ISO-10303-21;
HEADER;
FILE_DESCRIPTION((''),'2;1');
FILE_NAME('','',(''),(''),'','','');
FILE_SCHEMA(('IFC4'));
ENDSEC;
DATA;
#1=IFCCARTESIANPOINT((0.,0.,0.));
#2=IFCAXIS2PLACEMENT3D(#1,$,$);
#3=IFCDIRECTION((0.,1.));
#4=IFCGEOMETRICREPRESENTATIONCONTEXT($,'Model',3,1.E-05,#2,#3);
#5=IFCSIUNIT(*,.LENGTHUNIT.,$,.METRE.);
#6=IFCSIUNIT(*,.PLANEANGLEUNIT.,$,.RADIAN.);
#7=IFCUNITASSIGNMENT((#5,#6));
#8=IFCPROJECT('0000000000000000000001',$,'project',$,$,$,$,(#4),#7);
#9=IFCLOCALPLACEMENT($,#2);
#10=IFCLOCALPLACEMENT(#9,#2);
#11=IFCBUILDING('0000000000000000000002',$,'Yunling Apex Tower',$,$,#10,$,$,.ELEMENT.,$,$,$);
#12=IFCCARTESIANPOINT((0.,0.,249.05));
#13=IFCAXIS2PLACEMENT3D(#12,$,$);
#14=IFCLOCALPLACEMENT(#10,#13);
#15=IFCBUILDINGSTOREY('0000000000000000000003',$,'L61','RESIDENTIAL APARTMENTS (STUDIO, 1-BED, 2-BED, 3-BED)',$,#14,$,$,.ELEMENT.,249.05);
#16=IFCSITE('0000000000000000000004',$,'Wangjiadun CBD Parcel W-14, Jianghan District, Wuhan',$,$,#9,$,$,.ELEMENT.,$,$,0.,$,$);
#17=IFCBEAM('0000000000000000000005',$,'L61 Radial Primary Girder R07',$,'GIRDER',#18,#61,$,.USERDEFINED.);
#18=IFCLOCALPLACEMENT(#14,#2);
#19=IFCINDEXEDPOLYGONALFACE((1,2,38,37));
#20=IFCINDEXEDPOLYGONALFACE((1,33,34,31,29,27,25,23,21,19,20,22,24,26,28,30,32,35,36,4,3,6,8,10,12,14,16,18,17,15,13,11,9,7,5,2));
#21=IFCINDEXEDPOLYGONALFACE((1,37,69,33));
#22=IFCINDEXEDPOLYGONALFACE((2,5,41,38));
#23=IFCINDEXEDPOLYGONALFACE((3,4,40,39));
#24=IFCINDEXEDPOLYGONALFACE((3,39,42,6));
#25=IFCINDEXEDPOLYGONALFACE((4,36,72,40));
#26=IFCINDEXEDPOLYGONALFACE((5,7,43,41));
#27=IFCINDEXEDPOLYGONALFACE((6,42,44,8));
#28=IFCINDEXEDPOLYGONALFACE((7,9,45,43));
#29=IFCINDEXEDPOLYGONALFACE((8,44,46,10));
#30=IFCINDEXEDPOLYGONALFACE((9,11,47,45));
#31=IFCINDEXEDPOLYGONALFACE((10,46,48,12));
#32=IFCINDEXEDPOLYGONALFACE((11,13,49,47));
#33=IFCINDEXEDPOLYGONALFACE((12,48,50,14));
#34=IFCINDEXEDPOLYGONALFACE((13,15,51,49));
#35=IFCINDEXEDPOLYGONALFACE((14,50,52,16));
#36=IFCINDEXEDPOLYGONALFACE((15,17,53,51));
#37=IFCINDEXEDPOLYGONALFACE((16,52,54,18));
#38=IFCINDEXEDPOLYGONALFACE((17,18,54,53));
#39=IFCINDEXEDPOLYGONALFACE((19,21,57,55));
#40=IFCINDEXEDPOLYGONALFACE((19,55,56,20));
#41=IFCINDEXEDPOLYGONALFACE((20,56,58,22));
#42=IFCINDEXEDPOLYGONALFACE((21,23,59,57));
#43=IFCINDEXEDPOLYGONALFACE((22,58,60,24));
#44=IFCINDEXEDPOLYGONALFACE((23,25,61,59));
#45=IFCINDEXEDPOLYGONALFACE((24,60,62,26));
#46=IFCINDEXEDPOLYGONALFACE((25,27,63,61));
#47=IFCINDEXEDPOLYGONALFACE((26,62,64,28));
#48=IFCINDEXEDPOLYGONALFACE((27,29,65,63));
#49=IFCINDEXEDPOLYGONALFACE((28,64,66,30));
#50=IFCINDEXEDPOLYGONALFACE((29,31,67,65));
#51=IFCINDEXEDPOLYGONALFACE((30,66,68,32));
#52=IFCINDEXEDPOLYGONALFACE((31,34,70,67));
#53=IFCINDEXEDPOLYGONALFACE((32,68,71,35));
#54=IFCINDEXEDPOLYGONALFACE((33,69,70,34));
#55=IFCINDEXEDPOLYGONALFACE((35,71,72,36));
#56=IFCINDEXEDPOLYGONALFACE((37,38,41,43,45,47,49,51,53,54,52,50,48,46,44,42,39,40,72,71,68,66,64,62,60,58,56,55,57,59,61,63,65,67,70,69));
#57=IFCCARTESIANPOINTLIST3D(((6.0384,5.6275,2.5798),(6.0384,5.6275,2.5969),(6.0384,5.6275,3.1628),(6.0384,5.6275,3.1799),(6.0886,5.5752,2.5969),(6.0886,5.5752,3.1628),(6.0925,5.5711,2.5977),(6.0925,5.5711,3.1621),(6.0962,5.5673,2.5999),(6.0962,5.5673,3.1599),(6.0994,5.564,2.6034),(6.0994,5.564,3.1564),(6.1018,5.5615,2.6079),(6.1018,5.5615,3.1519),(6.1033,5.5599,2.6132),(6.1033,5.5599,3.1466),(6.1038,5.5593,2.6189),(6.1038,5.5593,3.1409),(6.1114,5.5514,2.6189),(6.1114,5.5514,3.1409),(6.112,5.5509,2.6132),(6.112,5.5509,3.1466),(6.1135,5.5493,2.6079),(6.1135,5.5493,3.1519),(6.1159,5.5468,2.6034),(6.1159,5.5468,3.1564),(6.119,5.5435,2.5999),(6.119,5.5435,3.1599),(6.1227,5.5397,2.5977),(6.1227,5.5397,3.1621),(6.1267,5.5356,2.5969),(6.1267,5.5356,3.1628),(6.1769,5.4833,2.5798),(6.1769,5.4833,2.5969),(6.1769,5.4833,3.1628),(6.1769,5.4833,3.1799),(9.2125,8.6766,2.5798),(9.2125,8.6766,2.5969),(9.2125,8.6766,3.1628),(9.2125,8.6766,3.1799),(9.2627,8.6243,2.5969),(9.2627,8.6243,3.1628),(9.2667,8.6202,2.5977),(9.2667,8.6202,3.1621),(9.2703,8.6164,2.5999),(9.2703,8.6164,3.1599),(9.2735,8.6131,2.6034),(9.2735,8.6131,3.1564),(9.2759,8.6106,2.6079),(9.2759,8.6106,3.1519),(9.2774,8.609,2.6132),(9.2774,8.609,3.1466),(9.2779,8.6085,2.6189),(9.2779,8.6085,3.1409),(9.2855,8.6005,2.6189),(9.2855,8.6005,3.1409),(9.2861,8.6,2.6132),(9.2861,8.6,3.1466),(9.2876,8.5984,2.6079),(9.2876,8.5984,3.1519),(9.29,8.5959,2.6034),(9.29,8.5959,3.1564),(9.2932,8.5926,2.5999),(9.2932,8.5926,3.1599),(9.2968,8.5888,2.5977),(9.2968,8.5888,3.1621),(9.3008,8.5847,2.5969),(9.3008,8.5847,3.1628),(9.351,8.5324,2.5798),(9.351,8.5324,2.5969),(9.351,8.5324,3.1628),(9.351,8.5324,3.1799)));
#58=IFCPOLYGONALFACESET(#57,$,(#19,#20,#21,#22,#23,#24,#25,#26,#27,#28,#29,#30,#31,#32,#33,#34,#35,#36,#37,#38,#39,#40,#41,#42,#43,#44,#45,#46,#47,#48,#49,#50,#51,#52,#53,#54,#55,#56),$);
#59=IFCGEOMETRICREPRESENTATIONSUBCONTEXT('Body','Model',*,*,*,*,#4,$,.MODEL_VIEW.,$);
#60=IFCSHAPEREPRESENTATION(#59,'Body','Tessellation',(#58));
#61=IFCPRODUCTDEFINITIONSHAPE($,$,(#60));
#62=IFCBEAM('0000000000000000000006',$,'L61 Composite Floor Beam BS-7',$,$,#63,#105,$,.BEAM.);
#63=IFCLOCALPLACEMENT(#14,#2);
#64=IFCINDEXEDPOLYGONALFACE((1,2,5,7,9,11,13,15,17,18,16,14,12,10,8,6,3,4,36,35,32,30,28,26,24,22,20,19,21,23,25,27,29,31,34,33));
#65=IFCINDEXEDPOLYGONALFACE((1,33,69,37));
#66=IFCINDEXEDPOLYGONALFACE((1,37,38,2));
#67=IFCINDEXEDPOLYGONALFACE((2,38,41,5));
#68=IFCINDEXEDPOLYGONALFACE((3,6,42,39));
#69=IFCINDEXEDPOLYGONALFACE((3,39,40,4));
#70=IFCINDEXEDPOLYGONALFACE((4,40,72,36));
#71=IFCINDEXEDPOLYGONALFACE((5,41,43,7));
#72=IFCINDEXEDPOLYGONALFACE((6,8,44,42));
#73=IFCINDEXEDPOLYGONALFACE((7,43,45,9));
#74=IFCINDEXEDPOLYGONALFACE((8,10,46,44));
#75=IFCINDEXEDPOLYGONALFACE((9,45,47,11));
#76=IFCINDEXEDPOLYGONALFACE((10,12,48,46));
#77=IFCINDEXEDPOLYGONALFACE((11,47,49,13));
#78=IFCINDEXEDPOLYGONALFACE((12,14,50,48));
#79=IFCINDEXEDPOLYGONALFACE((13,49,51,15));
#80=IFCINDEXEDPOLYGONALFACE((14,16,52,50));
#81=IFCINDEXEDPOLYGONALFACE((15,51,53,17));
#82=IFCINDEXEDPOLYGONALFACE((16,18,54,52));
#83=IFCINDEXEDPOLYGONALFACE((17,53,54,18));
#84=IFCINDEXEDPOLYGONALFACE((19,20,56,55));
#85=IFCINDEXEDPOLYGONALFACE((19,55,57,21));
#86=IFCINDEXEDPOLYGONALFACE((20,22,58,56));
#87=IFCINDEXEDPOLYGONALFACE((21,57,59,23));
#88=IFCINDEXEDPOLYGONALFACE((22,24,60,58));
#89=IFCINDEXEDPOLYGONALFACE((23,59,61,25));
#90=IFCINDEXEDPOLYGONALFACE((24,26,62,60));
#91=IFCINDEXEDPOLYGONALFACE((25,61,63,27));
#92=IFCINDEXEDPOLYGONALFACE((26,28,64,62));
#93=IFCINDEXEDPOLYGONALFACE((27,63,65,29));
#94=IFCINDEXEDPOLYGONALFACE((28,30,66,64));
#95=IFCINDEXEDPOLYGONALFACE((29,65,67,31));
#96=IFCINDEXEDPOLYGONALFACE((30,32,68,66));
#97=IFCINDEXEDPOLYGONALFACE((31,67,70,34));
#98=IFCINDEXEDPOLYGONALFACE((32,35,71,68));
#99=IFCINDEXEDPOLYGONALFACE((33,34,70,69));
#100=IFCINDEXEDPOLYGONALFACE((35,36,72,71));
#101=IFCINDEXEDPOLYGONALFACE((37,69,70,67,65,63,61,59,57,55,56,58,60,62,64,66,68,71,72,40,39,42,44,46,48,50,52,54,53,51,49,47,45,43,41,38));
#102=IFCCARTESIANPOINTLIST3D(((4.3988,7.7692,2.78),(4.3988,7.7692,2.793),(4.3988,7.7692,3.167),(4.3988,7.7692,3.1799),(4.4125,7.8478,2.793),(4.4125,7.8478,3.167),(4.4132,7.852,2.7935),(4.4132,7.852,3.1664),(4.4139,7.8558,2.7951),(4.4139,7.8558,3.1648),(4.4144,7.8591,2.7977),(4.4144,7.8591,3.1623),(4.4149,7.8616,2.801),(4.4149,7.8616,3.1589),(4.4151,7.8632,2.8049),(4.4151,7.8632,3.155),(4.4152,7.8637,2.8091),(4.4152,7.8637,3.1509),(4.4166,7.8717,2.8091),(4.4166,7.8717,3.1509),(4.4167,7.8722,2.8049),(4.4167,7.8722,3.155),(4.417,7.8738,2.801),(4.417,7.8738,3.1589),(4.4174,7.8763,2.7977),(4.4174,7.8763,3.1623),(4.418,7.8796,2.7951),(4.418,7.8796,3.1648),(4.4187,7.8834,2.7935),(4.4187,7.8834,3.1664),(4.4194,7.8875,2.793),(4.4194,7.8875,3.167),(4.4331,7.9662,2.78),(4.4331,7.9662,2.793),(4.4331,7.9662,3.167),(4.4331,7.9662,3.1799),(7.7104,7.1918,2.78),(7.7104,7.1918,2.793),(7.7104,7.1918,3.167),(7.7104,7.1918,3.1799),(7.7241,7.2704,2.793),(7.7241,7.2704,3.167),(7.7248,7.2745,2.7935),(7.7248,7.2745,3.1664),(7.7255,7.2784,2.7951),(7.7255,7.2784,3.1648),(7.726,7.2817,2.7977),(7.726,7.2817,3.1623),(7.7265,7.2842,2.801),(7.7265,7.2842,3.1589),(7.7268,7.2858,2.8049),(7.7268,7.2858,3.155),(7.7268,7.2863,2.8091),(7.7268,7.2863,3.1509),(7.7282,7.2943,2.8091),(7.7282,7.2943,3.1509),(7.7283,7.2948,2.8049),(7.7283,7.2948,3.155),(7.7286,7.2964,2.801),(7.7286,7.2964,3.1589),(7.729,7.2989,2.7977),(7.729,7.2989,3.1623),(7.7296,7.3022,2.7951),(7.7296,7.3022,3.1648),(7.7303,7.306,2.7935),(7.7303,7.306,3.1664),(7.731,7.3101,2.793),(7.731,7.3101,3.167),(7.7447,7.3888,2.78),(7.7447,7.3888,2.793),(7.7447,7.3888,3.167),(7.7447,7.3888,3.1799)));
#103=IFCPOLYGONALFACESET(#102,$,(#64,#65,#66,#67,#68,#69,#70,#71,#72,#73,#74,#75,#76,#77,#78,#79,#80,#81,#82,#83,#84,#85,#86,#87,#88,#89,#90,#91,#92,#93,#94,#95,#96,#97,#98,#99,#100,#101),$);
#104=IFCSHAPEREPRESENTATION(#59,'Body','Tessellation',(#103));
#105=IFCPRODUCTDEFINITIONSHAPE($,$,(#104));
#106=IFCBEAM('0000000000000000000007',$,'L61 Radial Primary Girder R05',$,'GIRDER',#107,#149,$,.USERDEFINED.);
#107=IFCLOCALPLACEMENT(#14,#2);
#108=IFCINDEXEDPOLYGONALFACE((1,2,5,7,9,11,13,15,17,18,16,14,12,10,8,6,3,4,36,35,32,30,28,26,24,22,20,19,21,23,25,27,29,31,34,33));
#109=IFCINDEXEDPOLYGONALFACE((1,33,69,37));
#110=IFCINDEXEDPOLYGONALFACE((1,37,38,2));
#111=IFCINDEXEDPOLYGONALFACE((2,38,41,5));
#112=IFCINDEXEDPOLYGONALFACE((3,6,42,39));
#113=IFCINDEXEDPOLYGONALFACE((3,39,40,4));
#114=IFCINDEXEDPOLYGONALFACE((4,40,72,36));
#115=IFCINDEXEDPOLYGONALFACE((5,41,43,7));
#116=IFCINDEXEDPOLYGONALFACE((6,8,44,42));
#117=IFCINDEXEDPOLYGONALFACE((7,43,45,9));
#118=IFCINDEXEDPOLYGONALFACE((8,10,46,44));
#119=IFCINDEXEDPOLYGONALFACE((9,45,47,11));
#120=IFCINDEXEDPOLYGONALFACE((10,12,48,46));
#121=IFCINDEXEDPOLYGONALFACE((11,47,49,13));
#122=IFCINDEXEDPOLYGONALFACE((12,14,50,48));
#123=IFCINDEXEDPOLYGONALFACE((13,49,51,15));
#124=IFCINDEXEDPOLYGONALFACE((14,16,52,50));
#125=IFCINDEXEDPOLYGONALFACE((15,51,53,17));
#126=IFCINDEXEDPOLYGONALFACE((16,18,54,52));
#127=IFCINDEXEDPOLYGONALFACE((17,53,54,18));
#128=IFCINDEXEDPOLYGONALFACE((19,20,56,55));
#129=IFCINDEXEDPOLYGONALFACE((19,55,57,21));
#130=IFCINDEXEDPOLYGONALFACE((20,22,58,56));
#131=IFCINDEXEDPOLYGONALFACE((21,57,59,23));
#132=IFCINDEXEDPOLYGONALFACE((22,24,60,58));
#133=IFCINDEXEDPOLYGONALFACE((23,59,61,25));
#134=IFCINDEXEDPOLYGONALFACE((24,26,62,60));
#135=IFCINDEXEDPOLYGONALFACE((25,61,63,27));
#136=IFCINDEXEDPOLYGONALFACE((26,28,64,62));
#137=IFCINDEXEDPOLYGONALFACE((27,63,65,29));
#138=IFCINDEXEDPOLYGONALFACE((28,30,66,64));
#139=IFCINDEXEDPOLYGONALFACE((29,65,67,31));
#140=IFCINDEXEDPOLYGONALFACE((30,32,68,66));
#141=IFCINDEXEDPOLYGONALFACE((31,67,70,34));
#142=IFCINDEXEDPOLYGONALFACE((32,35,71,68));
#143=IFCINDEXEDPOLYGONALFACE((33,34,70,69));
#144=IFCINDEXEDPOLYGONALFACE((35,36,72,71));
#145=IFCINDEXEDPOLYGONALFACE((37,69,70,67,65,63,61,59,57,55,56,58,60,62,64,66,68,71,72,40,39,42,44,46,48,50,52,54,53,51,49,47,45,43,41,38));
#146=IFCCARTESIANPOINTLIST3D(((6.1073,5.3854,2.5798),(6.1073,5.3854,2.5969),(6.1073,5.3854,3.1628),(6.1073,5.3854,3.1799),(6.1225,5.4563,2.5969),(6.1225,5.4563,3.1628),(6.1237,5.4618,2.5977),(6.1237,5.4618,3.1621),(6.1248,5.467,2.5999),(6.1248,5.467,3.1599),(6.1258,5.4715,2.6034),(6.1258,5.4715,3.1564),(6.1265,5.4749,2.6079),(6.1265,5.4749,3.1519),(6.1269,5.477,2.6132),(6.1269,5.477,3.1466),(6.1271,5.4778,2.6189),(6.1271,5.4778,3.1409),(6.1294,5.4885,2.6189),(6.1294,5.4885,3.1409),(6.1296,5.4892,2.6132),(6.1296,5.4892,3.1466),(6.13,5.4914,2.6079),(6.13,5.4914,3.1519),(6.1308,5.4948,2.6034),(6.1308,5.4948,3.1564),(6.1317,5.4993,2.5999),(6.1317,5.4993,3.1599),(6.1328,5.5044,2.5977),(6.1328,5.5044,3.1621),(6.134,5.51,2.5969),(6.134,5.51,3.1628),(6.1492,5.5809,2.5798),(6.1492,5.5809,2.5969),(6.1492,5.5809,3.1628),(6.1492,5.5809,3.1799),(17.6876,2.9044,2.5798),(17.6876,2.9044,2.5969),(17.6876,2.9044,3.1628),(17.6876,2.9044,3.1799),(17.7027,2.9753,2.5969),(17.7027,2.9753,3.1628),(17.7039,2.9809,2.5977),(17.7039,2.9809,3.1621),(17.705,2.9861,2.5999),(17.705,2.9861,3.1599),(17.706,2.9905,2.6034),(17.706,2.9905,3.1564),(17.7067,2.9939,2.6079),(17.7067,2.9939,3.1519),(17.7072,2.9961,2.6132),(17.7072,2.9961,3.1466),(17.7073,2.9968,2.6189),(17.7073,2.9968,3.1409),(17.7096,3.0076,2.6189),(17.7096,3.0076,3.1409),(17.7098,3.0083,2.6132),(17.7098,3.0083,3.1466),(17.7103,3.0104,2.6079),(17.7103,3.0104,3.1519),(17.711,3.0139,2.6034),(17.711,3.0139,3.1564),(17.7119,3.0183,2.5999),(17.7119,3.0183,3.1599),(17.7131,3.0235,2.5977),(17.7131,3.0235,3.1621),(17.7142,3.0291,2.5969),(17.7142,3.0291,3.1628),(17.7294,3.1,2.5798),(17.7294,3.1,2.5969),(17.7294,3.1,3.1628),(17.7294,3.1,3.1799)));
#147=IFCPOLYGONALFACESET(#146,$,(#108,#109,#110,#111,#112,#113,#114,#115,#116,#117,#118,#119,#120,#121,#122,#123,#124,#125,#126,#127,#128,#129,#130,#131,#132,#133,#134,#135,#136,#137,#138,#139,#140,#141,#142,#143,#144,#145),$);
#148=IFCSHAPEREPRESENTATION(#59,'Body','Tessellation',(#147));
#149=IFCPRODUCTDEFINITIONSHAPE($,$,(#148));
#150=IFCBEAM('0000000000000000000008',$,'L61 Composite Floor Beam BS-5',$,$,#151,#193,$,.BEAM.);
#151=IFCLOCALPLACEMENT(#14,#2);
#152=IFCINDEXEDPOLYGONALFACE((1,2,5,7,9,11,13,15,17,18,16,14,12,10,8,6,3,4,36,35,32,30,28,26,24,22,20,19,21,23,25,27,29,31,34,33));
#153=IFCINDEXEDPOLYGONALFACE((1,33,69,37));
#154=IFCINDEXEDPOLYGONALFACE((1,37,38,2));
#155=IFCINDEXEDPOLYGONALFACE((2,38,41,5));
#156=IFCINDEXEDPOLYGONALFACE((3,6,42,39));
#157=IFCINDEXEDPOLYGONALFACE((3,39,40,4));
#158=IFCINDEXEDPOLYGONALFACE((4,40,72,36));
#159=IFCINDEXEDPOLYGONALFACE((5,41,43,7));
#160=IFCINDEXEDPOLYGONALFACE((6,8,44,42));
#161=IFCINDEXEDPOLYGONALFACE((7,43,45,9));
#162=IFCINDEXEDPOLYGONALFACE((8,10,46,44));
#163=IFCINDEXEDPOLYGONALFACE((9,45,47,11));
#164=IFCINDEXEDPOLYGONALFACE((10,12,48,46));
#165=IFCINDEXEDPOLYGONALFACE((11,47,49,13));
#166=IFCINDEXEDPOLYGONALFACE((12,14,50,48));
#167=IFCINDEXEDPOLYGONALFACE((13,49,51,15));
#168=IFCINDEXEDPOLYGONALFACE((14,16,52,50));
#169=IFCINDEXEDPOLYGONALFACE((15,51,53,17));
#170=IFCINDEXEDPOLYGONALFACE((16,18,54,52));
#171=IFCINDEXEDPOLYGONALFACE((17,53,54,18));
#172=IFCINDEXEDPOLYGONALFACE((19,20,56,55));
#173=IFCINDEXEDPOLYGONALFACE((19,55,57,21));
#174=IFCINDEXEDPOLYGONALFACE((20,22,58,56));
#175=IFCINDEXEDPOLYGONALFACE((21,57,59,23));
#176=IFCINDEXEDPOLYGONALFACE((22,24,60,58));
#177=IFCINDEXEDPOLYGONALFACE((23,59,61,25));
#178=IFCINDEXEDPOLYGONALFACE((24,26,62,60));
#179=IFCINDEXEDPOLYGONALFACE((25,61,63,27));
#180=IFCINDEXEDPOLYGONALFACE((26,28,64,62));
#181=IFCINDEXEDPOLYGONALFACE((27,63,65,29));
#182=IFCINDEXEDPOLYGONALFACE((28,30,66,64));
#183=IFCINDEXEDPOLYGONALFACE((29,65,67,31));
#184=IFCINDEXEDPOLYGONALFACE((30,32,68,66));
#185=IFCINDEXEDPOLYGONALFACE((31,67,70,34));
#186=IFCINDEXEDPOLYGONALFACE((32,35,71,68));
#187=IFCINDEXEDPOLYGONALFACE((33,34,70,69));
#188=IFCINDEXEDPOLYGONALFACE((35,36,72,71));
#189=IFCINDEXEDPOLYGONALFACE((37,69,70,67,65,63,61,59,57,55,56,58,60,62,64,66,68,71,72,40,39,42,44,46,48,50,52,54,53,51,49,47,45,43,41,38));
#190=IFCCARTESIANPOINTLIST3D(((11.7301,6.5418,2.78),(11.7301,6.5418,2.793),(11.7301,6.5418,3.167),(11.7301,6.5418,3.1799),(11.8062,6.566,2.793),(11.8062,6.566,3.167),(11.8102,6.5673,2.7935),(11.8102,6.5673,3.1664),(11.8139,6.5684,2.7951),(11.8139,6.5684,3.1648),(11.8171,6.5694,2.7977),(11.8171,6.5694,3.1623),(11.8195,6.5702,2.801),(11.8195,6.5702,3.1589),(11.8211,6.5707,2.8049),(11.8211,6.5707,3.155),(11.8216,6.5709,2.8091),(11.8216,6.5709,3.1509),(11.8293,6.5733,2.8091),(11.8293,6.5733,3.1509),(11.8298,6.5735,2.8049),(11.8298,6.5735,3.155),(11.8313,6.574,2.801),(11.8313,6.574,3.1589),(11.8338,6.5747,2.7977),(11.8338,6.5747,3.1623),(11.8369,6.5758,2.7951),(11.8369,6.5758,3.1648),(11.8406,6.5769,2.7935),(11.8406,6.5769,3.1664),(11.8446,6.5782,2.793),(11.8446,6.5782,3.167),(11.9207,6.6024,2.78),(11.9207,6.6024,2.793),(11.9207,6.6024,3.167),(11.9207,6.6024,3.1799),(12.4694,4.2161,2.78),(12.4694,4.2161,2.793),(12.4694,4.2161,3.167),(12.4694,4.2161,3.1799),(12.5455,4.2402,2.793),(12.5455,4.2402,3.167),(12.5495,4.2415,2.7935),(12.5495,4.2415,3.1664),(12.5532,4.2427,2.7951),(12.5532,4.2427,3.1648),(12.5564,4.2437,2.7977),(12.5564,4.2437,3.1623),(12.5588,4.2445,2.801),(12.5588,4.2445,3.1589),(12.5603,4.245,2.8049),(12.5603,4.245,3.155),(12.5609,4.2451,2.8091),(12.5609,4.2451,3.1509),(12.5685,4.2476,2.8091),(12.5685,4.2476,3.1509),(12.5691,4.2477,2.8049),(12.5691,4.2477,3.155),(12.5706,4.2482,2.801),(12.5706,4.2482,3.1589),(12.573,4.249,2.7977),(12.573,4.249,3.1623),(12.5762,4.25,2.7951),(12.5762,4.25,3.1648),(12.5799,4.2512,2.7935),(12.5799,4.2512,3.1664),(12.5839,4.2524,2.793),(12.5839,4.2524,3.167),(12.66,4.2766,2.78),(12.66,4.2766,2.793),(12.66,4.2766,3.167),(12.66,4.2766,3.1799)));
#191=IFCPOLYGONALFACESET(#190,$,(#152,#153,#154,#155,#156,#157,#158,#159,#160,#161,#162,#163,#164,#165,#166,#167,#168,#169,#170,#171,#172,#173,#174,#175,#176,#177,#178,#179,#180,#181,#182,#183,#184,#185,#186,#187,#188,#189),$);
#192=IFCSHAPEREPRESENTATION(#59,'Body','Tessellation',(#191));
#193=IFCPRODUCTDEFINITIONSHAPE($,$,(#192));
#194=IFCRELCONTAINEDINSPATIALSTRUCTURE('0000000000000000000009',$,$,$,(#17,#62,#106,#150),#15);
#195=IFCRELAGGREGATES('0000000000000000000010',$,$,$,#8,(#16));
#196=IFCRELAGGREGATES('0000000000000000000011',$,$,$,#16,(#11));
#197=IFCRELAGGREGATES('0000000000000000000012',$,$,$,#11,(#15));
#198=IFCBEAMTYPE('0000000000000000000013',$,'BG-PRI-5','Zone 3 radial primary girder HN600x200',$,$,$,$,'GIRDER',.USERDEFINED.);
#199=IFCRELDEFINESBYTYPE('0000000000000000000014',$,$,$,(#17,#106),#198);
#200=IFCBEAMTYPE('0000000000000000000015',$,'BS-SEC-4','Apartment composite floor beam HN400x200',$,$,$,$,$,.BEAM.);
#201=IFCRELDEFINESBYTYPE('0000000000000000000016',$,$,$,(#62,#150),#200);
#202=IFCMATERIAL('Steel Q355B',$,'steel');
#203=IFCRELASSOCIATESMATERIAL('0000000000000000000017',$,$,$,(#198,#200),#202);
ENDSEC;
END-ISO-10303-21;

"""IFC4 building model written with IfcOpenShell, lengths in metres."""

from ifc_helpers import new_model, si_unit, direction, frame, origin, origin_2d, place, context, subcontext, project, spatial, i_section, extrude, source, transform, mapped, material, material_profile, profile_set, type_object, element, save


model = new_model("IFC4")

# Units and contexts
model_context = context("Model", 3, precision=1e-05, world=origin(), true_north=direction((0.0, 1.0)))
body_context = subcontext(model_context, "Body", "Model", "MODEL_VIEW")
ifc_project = project(units=[si_unit("LENGTHUNIT", "METRE"), si_unit("PLANEANGLEUNIT", "RADIAN")], contexts=[model_context])

# Site, building, storey
site_placement = place(None, origin())
site = spatial("IfcSite", under=ifc_project, at=site_placement, Name="Wangjiadun CBD Parcel W-14, Jianghan District, Wuhan", CompositionType="ELEMENT", RefElevation=0.0)
building_placement = place(site_placement, origin())
building = spatial("IfcBuilding", under=site, at=building_placement, Name="Yunling Apex Tower", CompositionType="ELEMENT")
storey_placement = place(building_placement, frame((0.0, 0.0, 249.05)))
storey = spatial("IfcBuildingStorey", under=building, at=storey_placement, Name="L61", Description="RESIDENTIAL APARTMENTS (STUDIO, 1-BED, 2-BED, 3-BED)", CompositionType="ELEMENT", Elevation=249.05)

# Beams
ifc_material_1 = material(Name="Steel Q355B", Category="steel")
ifc_material_profile_1 = material_profile(ifc_material_1, i_section(OverallWidth=0.2, OverallDepth=0.6001, WebThickness=0.011, FlangeThickness=0.0171, FilletRadius=0.022, at=origin_2d()))
ifc_profile_set_1 = profile_set([ifc_material_profile_1], Name="Steel Q355B")
beam_type_1 = type_object("IfcBeamType", Name="BG-PRI-5", Description="Zone 3 radial primary girder HN600x200", ElementType="GIRDER", PredefinedType="USERDEFINED", material=ifc_profile_set_1)
shared_shape_1 = source(origin(), body_context, "Body", "SweptSolid", [
    extrude(i_section(OverallWidth=0.2, OverallDepth=0.6001, WebThickness=0.011, FlangeThickness=0.0171, FilletRadius=0.022, at=origin_2d()), origin(), (0.0, 0.0, 1.0), 4.4014),
])
beam_1_placement = place(storey_placement, frame((9.2817, 8.6045, 2.8799), z_axis=(-0.721164, -0.692764, 0.0), x_axis=(0.692764, -0.721164, 0.0)))
element("IfcBeam", 1, at=beam_1_placement, inside=storey, type_object=beam_type_1, Name="L61 Radial Primary Girder R07", ObjectType="GIRDER", PredefinedType="USERDEFINED", context=body_context, shape_type="MappedRepresentation", body=[
    mapped(shared_shape_1, transform((0.0, 0.0, 0.0), scale=1.0)),
])
ifc_material_profile_2 = material_profile(ifc_material_1, i_section(OverallWidth=0.2, OverallDepth=0.3999, WebThickness=0.0081, FlangeThickness=0.0129, FilletRadius=0.0161, at=origin_2d()))
ifc_profile_set_2 = profile_set([ifc_material_profile_2], Name="Steel Q355B")
beam_type_2 = type_object("IfcBeamType", Name="BS-SEC-4", Description="Apartment composite floor beam HN400x200", PredefinedType="BEAM", material=ifc_profile_set_2)
shared_shape_2 = source(origin(), body_context, "Body", "SweptSolid", [
    extrude(i_section(OverallWidth=0.2, OverallDepth=0.3999, WebThickness=0.0081, FlangeThickness=0.0129, FilletRadius=0.0161, at=origin_2d()), origin(), (0.0, 0.0, 1.0), 3.3616),
])
beam_2_placement = place(storey_placement, frame((7.7275, 7.2903, 2.98), z_axis=(-0.985138, 0.171767, 0.0), x_axis=(-0.171767, -0.985138, 0.0)))
element("IfcBeam", 2, at=beam_2_placement, inside=storey, type_object=beam_type_2, Name="L61 Composite Floor Beam BS-7", PredefinedType="BEAM", context=body_context, shape_type="MappedRepresentation", body=[
    mapped(shared_shape_2, transform((0.0, 0.0, 0.0), scale=1.0)),
])
shared_shape_3 = source(origin(), body_context, "Body", "SweptSolid", [
    extrude(i_section(OverallWidth=0.2, OverallDepth=0.6001, WebThickness=0.011, FlangeThickness=0.0171, FilletRadius=0.022, at=origin_2d()), origin(), (0.0, 0.0, 1.0), 11.843),
])
beam_3_placement = place(storey_placement, frame((17.7085, 3.0022, 2.8799), z_axis=(-0.977812, 0.209485, 0.0), x_axis=(-0.209485, -0.977812, 0.0)))
element("IfcBeam", 3, at=beam_3_placement, inside=storey, type_object=beam_type_1, Name="L61 Radial Primary Girder R05", ObjectType="GIRDER", PredefinedType="USERDEFINED", context=body_context, shape_type="MappedRepresentation", body=[
    mapped(shared_shape_3, transform((0.0, 0.0, 0.0), scale=1.0)),
])
shared_shape_4 = source(origin(), body_context, "Body", "SweptSolid", [
    extrude(i_section(OverallWidth=0.2, OverallDepth=0.3999, WebThickness=0.0081, FlangeThickness=0.0129, FilletRadius=0.0161, at=origin_2d()), origin(), (0.0, 0.0, 1.0), 2.4404),
])
beam_4_placement = place(storey_placement, frame((12.5647, 4.2463, 2.98), z_axis=(-0.302931, 0.953012, 0.0), x_axis=(-0.953012, -0.302931, 0.0)))
element("IfcBeam", 4, at=beam_4_placement, inside=storey, type_object=beam_type_2, Name="L61 Composite Floor Beam BS-5", PredefinedType="BEAM", context=body_context, shape_type="MappedRepresentation", body=[
    mapped(shared_shape_4, transform((0.0, 0.0, 0.0), scale=1.0)),
])

save(model, "model.ifc")
